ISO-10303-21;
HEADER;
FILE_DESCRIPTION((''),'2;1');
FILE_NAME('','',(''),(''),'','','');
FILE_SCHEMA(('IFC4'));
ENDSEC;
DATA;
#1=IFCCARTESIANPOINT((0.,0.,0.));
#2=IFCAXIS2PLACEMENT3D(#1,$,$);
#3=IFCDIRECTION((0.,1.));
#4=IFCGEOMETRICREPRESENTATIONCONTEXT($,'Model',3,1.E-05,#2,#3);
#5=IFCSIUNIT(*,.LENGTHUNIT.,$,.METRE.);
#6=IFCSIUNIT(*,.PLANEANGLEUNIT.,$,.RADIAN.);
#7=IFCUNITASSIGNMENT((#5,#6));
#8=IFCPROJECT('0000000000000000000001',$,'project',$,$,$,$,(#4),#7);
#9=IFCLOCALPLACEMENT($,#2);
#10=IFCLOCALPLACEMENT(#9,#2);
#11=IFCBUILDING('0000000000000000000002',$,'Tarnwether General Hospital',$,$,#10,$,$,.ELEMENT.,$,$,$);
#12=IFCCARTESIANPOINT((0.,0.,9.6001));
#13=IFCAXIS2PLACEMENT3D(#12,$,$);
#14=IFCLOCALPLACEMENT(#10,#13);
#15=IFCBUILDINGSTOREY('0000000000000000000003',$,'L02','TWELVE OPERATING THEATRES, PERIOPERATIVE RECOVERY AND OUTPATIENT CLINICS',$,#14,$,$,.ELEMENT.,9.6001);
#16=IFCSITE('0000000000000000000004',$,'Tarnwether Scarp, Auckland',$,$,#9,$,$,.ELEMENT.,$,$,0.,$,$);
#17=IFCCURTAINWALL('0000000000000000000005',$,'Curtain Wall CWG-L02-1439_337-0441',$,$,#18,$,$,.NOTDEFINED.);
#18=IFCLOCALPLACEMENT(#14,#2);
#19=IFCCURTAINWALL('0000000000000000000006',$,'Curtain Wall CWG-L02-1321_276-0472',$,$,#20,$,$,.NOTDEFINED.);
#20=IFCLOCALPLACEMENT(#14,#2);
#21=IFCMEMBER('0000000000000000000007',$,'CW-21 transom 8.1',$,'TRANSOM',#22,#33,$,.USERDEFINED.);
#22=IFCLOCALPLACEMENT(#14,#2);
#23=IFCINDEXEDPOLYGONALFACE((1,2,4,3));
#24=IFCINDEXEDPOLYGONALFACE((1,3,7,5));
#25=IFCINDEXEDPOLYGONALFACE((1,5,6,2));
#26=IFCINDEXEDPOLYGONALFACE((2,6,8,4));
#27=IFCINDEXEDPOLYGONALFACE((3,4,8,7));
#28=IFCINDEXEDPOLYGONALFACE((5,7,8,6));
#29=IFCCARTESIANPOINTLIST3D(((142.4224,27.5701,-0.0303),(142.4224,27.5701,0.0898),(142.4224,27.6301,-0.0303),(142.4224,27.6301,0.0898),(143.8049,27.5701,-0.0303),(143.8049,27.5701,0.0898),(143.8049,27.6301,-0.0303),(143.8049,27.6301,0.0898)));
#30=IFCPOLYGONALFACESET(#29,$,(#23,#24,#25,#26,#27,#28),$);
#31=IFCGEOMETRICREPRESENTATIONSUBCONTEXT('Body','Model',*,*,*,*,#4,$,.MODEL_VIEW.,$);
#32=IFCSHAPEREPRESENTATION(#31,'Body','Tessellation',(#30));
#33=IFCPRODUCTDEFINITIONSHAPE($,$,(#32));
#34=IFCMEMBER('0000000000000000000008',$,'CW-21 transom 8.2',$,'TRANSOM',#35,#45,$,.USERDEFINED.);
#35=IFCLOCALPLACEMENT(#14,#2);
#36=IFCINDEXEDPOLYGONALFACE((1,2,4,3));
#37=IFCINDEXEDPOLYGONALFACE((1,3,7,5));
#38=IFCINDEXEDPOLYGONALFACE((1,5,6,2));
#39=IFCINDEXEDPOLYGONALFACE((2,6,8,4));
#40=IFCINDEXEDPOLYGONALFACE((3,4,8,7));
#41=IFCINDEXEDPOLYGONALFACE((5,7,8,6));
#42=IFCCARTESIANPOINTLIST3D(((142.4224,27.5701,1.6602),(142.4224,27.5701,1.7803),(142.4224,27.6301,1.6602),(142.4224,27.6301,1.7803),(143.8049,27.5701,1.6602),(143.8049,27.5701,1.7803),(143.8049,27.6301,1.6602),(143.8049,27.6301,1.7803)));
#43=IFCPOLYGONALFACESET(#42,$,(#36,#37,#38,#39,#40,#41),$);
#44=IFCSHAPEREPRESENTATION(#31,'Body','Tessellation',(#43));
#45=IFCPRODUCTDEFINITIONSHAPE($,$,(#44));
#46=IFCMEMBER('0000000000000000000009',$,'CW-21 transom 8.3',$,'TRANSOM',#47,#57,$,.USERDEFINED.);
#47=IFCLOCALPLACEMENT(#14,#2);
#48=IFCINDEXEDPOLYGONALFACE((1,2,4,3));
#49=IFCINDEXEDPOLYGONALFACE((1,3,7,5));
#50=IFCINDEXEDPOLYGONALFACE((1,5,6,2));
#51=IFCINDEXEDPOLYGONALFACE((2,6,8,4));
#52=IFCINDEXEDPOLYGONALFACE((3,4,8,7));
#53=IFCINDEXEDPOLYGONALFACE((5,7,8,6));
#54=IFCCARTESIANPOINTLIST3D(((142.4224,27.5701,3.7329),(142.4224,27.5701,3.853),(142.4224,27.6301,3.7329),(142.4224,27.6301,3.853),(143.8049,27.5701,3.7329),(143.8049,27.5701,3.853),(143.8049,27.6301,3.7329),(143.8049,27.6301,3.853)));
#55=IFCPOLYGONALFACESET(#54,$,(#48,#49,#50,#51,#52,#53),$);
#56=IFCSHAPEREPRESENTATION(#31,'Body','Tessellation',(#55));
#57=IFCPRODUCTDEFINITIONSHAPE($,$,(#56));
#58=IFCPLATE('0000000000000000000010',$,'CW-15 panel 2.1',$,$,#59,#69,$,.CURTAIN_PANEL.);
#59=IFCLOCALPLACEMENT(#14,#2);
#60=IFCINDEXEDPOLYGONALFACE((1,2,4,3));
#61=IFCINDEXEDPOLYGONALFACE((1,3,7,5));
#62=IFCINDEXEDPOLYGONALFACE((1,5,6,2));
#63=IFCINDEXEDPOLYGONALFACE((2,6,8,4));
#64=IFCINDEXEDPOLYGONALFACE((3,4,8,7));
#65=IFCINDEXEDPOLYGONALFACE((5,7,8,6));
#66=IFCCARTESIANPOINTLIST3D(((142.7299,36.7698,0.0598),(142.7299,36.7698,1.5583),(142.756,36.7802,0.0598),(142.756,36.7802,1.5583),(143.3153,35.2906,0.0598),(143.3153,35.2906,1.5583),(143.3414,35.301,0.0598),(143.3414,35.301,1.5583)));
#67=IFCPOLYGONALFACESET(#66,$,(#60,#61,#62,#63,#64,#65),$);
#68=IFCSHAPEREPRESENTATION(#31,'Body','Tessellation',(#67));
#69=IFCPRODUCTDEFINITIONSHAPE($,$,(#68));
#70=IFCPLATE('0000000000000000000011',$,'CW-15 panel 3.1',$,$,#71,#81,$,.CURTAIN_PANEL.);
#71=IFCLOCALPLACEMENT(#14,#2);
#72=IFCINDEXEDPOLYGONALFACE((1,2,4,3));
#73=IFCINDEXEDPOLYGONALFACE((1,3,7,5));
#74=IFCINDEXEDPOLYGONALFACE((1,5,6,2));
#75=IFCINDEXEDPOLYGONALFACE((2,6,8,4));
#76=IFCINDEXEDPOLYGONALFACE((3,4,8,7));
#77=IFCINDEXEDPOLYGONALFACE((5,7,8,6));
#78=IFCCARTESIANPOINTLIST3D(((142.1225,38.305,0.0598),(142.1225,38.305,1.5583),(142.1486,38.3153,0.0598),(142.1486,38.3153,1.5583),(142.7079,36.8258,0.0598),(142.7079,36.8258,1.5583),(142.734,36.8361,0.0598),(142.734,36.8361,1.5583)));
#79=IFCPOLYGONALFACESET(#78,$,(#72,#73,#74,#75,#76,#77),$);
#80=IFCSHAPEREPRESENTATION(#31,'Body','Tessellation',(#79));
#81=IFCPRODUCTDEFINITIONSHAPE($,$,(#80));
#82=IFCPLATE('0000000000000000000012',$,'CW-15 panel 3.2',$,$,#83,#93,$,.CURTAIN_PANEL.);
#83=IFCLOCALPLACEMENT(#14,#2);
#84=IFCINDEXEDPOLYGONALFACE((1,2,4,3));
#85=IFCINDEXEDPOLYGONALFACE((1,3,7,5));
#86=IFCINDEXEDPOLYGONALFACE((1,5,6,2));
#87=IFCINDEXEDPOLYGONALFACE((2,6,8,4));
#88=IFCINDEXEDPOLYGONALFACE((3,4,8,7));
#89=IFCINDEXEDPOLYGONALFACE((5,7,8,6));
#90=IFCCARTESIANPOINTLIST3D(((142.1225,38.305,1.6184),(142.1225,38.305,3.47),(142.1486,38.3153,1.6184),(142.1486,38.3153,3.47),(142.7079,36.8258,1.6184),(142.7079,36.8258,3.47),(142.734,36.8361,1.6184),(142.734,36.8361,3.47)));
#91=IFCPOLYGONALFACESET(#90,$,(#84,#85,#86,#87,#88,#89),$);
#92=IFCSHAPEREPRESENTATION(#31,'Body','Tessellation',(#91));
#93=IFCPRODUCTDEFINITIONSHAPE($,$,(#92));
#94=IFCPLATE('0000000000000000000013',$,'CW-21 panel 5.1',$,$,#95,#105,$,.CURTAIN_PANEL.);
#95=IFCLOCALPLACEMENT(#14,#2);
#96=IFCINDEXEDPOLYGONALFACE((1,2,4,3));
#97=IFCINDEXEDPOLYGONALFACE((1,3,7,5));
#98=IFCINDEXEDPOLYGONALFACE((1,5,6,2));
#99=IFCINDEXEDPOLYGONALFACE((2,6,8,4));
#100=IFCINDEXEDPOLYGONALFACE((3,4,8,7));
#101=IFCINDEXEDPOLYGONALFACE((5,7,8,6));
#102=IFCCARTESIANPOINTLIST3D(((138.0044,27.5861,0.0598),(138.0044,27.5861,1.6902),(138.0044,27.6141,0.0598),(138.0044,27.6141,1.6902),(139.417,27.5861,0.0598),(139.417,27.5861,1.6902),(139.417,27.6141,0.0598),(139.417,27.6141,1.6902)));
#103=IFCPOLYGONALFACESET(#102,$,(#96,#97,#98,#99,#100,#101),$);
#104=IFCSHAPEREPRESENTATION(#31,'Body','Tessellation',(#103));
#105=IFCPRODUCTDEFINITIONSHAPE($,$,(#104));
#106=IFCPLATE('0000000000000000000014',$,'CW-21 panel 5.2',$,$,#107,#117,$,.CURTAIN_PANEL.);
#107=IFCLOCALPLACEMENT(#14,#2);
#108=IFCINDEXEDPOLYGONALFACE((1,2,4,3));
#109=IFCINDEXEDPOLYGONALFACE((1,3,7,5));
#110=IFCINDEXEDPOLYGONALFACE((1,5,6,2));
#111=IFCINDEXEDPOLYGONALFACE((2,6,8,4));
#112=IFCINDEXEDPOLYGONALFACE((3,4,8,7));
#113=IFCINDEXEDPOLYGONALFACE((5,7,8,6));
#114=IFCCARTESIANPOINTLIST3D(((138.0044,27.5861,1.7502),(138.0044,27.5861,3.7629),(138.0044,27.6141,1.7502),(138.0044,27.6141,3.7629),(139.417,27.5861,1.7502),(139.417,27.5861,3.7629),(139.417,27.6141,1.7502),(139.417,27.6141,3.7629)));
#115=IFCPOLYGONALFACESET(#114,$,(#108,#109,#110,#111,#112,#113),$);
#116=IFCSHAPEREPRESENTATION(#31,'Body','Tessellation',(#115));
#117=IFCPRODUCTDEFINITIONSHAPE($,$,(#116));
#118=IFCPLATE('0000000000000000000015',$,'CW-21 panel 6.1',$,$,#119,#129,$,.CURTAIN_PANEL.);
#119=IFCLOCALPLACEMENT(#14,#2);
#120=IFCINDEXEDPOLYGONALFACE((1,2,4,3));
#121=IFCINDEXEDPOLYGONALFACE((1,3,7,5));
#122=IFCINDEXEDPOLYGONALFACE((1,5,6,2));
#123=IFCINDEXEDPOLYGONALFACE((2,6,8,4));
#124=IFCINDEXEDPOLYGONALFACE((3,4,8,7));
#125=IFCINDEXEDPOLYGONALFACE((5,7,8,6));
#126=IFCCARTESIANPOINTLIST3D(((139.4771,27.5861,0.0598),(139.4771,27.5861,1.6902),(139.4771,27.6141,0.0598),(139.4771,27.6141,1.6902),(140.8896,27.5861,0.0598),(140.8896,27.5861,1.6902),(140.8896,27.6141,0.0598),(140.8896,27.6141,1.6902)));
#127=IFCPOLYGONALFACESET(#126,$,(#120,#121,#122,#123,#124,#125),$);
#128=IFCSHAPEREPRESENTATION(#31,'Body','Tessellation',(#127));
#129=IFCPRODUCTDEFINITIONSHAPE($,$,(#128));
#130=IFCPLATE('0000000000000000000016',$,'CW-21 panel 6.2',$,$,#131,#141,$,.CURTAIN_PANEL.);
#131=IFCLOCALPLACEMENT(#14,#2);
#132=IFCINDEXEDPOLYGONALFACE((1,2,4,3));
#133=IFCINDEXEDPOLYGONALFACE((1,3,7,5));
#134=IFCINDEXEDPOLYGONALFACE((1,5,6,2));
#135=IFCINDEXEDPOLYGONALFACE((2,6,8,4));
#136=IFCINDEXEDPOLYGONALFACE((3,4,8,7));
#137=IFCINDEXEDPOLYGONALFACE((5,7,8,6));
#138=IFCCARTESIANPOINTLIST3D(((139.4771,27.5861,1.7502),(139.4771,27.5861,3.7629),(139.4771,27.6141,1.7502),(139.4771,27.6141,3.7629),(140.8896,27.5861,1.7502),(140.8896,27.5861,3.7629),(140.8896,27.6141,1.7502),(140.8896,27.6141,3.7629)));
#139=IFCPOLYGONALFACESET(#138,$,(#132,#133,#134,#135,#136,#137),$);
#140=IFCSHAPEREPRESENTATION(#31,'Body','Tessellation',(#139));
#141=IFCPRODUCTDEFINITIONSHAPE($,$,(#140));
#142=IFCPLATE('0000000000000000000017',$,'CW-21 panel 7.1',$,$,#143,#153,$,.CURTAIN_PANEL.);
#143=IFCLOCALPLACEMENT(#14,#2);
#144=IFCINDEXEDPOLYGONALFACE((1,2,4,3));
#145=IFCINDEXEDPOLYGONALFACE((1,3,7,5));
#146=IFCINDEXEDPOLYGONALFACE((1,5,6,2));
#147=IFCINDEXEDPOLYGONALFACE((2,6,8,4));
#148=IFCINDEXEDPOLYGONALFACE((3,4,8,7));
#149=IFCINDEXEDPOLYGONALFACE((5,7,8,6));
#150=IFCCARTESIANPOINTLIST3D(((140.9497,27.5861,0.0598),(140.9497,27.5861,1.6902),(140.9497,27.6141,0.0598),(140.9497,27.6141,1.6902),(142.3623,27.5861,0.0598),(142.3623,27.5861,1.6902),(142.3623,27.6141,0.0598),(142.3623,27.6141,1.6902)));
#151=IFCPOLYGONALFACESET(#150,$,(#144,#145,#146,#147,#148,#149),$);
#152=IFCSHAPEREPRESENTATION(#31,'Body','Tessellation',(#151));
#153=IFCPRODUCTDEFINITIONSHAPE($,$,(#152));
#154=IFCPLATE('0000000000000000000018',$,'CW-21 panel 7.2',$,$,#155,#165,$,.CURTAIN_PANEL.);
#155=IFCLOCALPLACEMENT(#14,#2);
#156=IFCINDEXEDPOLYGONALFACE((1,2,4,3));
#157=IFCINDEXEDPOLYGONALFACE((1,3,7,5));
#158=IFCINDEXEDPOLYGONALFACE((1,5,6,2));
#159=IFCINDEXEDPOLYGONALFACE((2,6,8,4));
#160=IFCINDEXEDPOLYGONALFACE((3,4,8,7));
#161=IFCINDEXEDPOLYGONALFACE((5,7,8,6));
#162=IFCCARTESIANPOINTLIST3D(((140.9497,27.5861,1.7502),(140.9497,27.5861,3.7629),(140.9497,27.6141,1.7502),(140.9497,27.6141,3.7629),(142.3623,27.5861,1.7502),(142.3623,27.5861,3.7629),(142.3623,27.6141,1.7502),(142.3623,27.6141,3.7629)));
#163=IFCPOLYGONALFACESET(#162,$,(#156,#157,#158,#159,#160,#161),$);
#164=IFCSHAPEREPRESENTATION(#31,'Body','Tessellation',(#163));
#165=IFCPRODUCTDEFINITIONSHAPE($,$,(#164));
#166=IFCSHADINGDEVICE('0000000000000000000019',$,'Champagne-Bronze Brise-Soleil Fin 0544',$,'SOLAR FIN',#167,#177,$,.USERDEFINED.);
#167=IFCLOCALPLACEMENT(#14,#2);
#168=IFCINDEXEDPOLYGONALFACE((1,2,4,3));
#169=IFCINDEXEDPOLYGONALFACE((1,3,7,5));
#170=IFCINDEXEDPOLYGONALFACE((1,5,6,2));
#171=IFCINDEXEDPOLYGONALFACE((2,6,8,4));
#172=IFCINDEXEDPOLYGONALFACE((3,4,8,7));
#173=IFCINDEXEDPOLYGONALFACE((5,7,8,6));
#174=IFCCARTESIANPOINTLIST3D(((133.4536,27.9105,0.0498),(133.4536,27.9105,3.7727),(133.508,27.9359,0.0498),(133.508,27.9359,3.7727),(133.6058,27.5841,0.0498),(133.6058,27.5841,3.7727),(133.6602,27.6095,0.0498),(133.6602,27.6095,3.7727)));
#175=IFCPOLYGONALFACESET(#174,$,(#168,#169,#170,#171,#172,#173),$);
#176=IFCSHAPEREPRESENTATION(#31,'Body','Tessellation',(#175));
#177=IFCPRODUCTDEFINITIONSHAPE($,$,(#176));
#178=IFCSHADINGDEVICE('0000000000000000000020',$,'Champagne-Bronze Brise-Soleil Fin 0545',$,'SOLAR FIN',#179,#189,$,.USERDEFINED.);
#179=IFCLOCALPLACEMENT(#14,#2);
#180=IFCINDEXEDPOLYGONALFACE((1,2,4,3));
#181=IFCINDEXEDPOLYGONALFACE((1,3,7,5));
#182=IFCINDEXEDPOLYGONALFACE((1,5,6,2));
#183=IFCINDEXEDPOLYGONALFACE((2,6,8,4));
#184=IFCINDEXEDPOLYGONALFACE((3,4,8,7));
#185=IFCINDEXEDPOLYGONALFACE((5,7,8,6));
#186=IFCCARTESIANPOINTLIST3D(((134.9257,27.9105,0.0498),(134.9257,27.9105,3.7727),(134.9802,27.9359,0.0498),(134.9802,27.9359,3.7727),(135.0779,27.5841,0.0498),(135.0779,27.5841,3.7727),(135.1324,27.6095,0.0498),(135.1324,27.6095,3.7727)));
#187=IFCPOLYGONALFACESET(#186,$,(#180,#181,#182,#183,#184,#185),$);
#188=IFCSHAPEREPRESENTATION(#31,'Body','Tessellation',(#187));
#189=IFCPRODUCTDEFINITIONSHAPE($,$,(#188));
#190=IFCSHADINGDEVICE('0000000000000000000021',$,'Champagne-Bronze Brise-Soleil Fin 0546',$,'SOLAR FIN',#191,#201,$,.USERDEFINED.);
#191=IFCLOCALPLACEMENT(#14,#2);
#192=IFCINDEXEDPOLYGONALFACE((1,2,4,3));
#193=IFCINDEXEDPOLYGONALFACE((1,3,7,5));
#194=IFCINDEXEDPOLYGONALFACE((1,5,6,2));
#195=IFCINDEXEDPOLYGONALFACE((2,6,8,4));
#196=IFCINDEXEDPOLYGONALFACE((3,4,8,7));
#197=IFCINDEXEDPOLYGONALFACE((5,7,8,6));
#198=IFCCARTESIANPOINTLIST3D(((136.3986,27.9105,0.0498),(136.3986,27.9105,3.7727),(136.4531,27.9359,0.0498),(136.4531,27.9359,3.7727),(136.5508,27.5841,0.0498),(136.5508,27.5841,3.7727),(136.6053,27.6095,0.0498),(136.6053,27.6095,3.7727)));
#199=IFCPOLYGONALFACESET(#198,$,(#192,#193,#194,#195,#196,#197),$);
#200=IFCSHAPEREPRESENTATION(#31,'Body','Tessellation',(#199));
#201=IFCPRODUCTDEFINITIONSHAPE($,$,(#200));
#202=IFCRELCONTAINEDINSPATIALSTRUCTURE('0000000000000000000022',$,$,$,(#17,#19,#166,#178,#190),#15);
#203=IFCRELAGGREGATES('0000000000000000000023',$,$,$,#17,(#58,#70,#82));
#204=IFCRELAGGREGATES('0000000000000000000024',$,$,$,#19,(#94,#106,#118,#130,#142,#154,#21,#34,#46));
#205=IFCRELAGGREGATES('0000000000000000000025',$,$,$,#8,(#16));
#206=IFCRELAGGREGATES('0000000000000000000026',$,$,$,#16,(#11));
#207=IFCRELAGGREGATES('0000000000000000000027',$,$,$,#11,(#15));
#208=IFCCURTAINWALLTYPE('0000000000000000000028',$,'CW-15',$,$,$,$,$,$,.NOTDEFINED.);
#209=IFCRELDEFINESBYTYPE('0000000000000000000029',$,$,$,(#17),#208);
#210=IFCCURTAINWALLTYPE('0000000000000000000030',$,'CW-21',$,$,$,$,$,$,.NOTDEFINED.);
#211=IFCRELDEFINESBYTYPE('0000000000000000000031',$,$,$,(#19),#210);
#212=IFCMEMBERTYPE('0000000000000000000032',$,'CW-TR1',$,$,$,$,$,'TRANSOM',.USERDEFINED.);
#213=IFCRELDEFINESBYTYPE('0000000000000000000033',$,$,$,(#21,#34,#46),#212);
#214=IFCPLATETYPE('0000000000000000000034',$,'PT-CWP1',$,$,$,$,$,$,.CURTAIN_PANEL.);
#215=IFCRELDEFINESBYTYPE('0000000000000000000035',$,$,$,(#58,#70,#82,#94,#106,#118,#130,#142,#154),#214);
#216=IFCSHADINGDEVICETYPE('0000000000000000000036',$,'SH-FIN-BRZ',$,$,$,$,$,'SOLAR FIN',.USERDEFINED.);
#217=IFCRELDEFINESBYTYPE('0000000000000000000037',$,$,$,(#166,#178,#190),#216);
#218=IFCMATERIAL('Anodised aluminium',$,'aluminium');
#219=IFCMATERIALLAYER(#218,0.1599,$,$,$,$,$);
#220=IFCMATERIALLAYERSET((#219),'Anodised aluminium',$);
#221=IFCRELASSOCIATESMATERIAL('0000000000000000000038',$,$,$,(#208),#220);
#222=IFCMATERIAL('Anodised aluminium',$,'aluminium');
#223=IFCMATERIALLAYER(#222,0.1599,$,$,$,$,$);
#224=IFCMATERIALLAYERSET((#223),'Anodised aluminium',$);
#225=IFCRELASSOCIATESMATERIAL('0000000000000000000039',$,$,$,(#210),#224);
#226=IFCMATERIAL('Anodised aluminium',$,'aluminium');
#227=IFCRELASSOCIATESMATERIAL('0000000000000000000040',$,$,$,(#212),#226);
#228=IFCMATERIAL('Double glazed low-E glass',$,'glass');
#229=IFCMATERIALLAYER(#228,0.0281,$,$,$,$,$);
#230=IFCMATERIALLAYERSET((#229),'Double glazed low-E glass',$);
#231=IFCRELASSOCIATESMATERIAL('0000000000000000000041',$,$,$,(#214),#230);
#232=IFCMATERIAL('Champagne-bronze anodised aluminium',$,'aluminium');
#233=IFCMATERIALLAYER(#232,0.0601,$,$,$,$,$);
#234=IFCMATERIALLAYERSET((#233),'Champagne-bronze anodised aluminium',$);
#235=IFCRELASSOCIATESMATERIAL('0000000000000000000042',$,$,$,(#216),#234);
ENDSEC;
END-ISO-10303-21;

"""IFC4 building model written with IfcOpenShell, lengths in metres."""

from ifc_helpers import new_model, si_unit, direction, frame, origin, origin_2d, place, context, subcontext, project, spatial, rectangle, extrude, material, layer, layer_set, material_profile, profile_set, type_object, element, aggregate, save


model = new_model("IFC4")

# Units and contexts
model_context = context("Model", 3, precision=1e-05, world=origin(), true_north=direction((0.0, 1.0)))
body_context = subcontext(model_context, "Body", "Model", "MODEL_VIEW")
ifc_project = project(units=[si_unit("LENGTHUNIT", "METRE"), si_unit("PLANEANGLEUNIT", "RADIAN")], contexts=[model_context])

# Site, building, storey
site_placement = place(None, origin())
site = spatial("IfcSite", under=ifc_project, at=site_placement, Name="Tarnwether Scarp, Auckland", CompositionType="ELEMENT", RefElevation=0.0)
building_placement = place(site_placement, origin())
building = spatial("IfcBuilding", under=site, at=building_placement, Name="Tarnwether General Hospital", CompositionType="ELEMENT")
storey_placement = place(building_placement, frame((0.0, 0.0, 9.6001)))
storey = spatial("IfcBuildingStorey", under=building, at=storey_placement, Name="L02", Description="TWELVE OPERATING THEATRES, PERIOPERATIVE RECOVERY AND OUTPATIENT CLINICS", CompositionType="ELEMENT", Elevation=9.6001)

# Curtain walls
ifc_material_1 = material(Name="Anodised aluminium", Category="aluminium")
ifc_layer_1 = layer(ifc_material_1, 0.1599)
ifc_layer_set_1 = layer_set([ifc_layer_1], Name="Anodised aluminium")
curtain_wall_type_1 = type_object("IfcCurtainWallType", Name="CW-15", PredefinedType="NOTDEFINED", material=ifc_layer_set_1)
curtain_wall_1_placement = place(storey_placement, origin())
curtain_wall_1 = element("IfcCurtainWall", 1, at=curtain_wall_1_placement, inside=storey, type_object=curtain_wall_type_1, Name="Curtain Wall CWG-L02-1439_337-0441", PredefinedType="NOTDEFINED")
ifc_material_2 = material(Name="Anodised aluminium", Category="aluminium")
ifc_layer_2 = layer(ifc_material_2, 0.1599)
ifc_layer_set_2 = layer_set([ifc_layer_2], Name="Anodised aluminium")
curtain_wall_type_2 = type_object("IfcCurtainWallType", Name="CW-21", PredefinedType="NOTDEFINED", material=ifc_layer_set_2)
curtain_wall_2_placement = place(storey_placement, origin())
curtain_wall_2 = element("IfcCurtainWall", 2, at=curtain_wall_2_placement, inside=storey, type_object=curtain_wall_type_2, Name="Curtain Wall CWG-L02-1321_276-0472", PredefinedType="NOTDEFINED")

# Members
ifc_material_3 = material(Name="Anodised aluminium", Category="aluminium")
ifc_material_profile_1 = material_profile(ifc_material_3, rectangle(XDim=0.0601, YDim=0.1201, at=origin_2d()), Name="ALU-TRN-60x120")
ifc_profile_set_1 = profile_set([ifc_material_profile_1], Name="Anodised aluminium")
member_type_1 = type_object("IfcMemberType", Name="CW-TR1", ElementType="TRANSOM", PredefinedType="USERDEFINED", material=ifc_profile_set_1)
member_1_placement = place(storey_placement, frame((142.4224, 27.6001, 0.0298), z_axis=(1.0, 0.0, 0.0), x_axis=(0.0, 1.0, 0.0)))
member_1 = element("IfcMember", 3, at=member_1_placement, type_object=member_type_1, Name="CW-21 transom 8.1", ObjectType="TRANSOM", PredefinedType="USERDEFINED", context=body_context, shape_type="SweptSolid", body=[
    extrude(rectangle(XDim=0.0601, YDim=0.1201, at=origin_2d()), origin(), (0.0, 0.0, 1.0), 1.3826),
])
member_2_placement = place(storey_placement, frame((142.4224, 27.6001, 1.7202), z_axis=(1.0, 0.0, 0.0), x_axis=(0.0, 1.0, 0.0)))
member_2 = element("IfcMember", 4, at=member_2_placement, type_object=member_type_1, Name="CW-21 transom 8.2", ObjectType="TRANSOM", PredefinedType="USERDEFINED", context=body_context, shape_type="SweptSolid", body=[
    extrude(rectangle(XDim=0.0601, YDim=0.1201, at=origin_2d()), origin(), (0.0, 0.0, 1.0), 1.3826),
])
member_3_placement = place(storey_placement, frame((142.4224, 27.6001, 3.793), z_axis=(1.0, 0.0, 0.0), x_axis=(0.0, 1.0, 0.0)))
member_3 = element("IfcMember", 5, at=member_3_placement, type_object=member_type_1, Name="CW-21 transom 8.3", ObjectType="TRANSOM", PredefinedType="USERDEFINED", context=body_context, shape_type="SweptSolid", body=[
    extrude(rectangle(XDim=0.0601, YDim=0.1201, at=origin_2d()), origin(), (0.0, 0.0, 1.0), 1.3826),
])

# Plates
ifc_material_4 = material(Name="Double glazed low-E glass", Category="glass")
ifc_layer_3 = layer(ifc_material_4, 0.0281)
ifc_layer_set_3 = layer_set([ifc_layer_3], Name="Double glazed low-E glass")
plate_type = type_object("IfcPlateType", Name="PT-CWP1", PredefinedType="CURTAIN_PANEL", material=ifc_layer_set_3)
plate_1_placement = place(storey_placement, frame((143.0356, 36.0354, 0.0598), z_axis=(0.0, 0.0, 1.0), x_axis=(-0.367994, 0.929828, 0.0)))
plate_1 = element("IfcPlate", 6, at=plate_1_placement, type_object=plate_type, Name="CW-15 panel 2.1", PredefinedType="CURTAIN_PANEL", context=body_context, shape_type="SweptSolid", body=[
    extrude(rectangle(XDim=1.5908, YDim=0.0281, at=origin_2d()), origin(), (0.0, 0.0, 1.0), 1.4985),
])
plate_2_placement = place(storey_placement, frame((142.4282, 37.5706, 0.0598), z_axis=(0.0, 0.0, 1.0), x_axis=(-0.367994, 0.929828, 0.0)))
plate_2 = element("IfcPlate", 7, at=plate_2_placement, type_object=plate_type, Name="CW-15 panel 3.1", PredefinedType="CURTAIN_PANEL", context=body_context, shape_type="SweptSolid", body=[
    extrude(rectangle(XDim=1.5908, YDim=0.0281, at=origin_2d()), origin(), (0.0, 0.0, 1.0), 1.4985),
])
plate_3_placement = place(storey_placement, frame((142.4282, 37.5706, 1.6184), z_axis=(0.0, 0.0, 1.0), x_axis=(-0.367994, 0.929828, 0.0)))
plate_3 = element("IfcPlate", 8, at=plate_3_placement, type_object=plate_type, Name="CW-15 panel 3.2", PredefinedType="CURTAIN_PANEL", context=body_context, shape_type="SweptSolid", body=[
    extrude(rectangle(XDim=1.5908, YDim=0.0281, at=origin_2d()), origin(), (0.0, 0.0, 1.0), 1.8516),
])
aggregate(curtain_wall_1, [plate_1, plate_2, plate_3])
plate_4_placement = place(storey_placement, frame((138.7107, 27.6001, 0.0598), z_axis=(0.0, 0.0, 1.0), x_axis=(1.0, 0.0, 0.0)))
plate_4 = element("IfcPlate", 9, at=plate_4_placement, type_object=plate_type, Name="CW-21 panel 5.1", PredefinedType="CURTAIN_PANEL", context=body_context, shape_type="SweptSolid", body=[
    extrude(rectangle(XDim=1.4126, YDim=0.0281, at=origin_2d()), origin(), (0.0, 0.0, 1.0), 1.6304),
])
plate_5_placement = place(storey_placement, frame((138.7107, 27.6001, 1.7502), z_axis=(0.0, 0.0, 1.0), x_axis=(1.0, 0.0, 0.0)))
plate_5 = element("IfcPlate", 10, at=plate_5_placement, type_object=plate_type, Name="CW-21 panel 5.2", PredefinedType="CURTAIN_PANEL", context=body_context, shape_type="SweptSolid", body=[
    extrude(rectangle(XDim=1.4126, YDim=0.0281, at=origin_2d()), origin(), (0.0, 0.0, 1.0), 2.0127),
])
plate_6_placement = place(storey_placement, frame((140.1833, 27.6001, 0.0598), z_axis=(0.0, 0.0, 1.0), x_axis=(1.0, 0.0, 0.0)))
plate_6 = element("IfcPlate", 11, at=plate_6_placement, type_object=plate_type, Name="CW-21 panel 6.1", PredefinedType="CURTAIN_PANEL", context=body_context, shape_type="SweptSolid", body=[
    extrude(rectangle(XDim=1.4126, YDim=0.0281, at=origin_2d()), origin(), (0.0, 0.0, 1.0), 1.6304),
])
plate_7_placement = place(storey_placement, frame((140.1833, 27.6001, 1.7502), z_axis=(0.0, 0.0, 1.0), x_axis=(1.0, 0.0, 0.0)))
plate_7 = element("IfcPlate", 12, at=plate_7_placement, type_object=plate_type, Name="CW-21 panel 6.2", PredefinedType="CURTAIN_PANEL", context=body_context, shape_type="SweptSolid", body=[
    extrude(rectangle(XDim=1.4126, YDim=0.0281, at=origin_2d()), origin(), (0.0, 0.0, 1.0), 2.0127),
])
plate_8_placement = place(storey_placement, frame((141.656, 27.6001, 0.0598), z_axis=(0.0, 0.0, 1.0), x_axis=(1.0, 0.0, 0.0)))
plate_8 = element("IfcPlate", 13, at=plate_8_placement, type_object=plate_type, Name="CW-21 panel 7.1", PredefinedType="CURTAIN_PANEL", context=body_context, shape_type="SweptSolid", body=[
    extrude(rectangle(XDim=1.4126, YDim=0.0281, at=origin_2d()), origin(), (0.0, 0.0, 1.0), 1.6304),
])
plate_9_placement = place(storey_placement, frame((141.656, 27.6001, 1.7502), z_axis=(0.0, 0.0, 1.0), x_axis=(1.0, 0.0, 0.0)))
plate_9 = element("IfcPlate", 14, at=plate_9_placement, type_object=plate_type, Name="CW-21 panel 7.2", PredefinedType="CURTAIN_PANEL", context=body_context, shape_type="SweptSolid", body=[
    extrude(rectangle(XDim=1.4126, YDim=0.0281, at=origin_2d()), origin(), (0.0, 0.0, 1.0), 2.0127),
])
aggregate(curtain_wall_2, [plate_4, plate_5, plate_6, plate_7, plate_8, plate_9, member_1, member_2, member_3])

# Shading devices
ifc_material_5 = material(Name="Champagne-bronze anodised aluminium", Category="aluminium")
ifc_layer_4 = layer(ifc_material_5, 0.0601)
ifc_layer_set_4 = layer_set([ifc_layer_4], Name="Champagne-bronze anodised aluminium")
shading_device_type = type_object("IfcShadingDeviceType", Name="SH-FIN-BRZ", ElementType="SOLAR FIN", PredefinedType="USERDEFINED", material=ifc_layer_set_4)
for number, where, z_axis, x_axis, name in (
    (15, (133.5569, 27.76, 0.0498), (0.0, 0.0, 1.0), (0.906308, 0.422618, 0.0), "Champagne-Bronze Brise-Soleil Fin 0544"),
    (16, (135.0291, 27.76, 0.0498), (0.0, 0.0, 1.0), (0.906308, 0.422618, 0.0), "Champagne-Bronze Brise-Soleil Fin 0545"),
    (17, (136.502, 27.76, 0.0498), (0.0, 0.0, 1.0), (0.906308, 0.422618, 0.0), "Champagne-Bronze Brise-Soleil Fin 0546"),
):
    element("IfcShadingDevice", number, at=place(storey_placement, frame(where, z_axis=z_axis, x_axis=x_axis)), inside=storey, type_object=shading_device_type, Name=name, ObjectType="SOLAR FIN", PredefinedType="USERDEFINED", context=body_context, shape_type="SweptSolid", body=[
        extrude(rectangle(XDim=0.0601, YDim=0.3601, at=origin_2d()), origin(), (0.0, 0.0, 1.0), 3.7229),
    ])

save(model, "model.ifc")
